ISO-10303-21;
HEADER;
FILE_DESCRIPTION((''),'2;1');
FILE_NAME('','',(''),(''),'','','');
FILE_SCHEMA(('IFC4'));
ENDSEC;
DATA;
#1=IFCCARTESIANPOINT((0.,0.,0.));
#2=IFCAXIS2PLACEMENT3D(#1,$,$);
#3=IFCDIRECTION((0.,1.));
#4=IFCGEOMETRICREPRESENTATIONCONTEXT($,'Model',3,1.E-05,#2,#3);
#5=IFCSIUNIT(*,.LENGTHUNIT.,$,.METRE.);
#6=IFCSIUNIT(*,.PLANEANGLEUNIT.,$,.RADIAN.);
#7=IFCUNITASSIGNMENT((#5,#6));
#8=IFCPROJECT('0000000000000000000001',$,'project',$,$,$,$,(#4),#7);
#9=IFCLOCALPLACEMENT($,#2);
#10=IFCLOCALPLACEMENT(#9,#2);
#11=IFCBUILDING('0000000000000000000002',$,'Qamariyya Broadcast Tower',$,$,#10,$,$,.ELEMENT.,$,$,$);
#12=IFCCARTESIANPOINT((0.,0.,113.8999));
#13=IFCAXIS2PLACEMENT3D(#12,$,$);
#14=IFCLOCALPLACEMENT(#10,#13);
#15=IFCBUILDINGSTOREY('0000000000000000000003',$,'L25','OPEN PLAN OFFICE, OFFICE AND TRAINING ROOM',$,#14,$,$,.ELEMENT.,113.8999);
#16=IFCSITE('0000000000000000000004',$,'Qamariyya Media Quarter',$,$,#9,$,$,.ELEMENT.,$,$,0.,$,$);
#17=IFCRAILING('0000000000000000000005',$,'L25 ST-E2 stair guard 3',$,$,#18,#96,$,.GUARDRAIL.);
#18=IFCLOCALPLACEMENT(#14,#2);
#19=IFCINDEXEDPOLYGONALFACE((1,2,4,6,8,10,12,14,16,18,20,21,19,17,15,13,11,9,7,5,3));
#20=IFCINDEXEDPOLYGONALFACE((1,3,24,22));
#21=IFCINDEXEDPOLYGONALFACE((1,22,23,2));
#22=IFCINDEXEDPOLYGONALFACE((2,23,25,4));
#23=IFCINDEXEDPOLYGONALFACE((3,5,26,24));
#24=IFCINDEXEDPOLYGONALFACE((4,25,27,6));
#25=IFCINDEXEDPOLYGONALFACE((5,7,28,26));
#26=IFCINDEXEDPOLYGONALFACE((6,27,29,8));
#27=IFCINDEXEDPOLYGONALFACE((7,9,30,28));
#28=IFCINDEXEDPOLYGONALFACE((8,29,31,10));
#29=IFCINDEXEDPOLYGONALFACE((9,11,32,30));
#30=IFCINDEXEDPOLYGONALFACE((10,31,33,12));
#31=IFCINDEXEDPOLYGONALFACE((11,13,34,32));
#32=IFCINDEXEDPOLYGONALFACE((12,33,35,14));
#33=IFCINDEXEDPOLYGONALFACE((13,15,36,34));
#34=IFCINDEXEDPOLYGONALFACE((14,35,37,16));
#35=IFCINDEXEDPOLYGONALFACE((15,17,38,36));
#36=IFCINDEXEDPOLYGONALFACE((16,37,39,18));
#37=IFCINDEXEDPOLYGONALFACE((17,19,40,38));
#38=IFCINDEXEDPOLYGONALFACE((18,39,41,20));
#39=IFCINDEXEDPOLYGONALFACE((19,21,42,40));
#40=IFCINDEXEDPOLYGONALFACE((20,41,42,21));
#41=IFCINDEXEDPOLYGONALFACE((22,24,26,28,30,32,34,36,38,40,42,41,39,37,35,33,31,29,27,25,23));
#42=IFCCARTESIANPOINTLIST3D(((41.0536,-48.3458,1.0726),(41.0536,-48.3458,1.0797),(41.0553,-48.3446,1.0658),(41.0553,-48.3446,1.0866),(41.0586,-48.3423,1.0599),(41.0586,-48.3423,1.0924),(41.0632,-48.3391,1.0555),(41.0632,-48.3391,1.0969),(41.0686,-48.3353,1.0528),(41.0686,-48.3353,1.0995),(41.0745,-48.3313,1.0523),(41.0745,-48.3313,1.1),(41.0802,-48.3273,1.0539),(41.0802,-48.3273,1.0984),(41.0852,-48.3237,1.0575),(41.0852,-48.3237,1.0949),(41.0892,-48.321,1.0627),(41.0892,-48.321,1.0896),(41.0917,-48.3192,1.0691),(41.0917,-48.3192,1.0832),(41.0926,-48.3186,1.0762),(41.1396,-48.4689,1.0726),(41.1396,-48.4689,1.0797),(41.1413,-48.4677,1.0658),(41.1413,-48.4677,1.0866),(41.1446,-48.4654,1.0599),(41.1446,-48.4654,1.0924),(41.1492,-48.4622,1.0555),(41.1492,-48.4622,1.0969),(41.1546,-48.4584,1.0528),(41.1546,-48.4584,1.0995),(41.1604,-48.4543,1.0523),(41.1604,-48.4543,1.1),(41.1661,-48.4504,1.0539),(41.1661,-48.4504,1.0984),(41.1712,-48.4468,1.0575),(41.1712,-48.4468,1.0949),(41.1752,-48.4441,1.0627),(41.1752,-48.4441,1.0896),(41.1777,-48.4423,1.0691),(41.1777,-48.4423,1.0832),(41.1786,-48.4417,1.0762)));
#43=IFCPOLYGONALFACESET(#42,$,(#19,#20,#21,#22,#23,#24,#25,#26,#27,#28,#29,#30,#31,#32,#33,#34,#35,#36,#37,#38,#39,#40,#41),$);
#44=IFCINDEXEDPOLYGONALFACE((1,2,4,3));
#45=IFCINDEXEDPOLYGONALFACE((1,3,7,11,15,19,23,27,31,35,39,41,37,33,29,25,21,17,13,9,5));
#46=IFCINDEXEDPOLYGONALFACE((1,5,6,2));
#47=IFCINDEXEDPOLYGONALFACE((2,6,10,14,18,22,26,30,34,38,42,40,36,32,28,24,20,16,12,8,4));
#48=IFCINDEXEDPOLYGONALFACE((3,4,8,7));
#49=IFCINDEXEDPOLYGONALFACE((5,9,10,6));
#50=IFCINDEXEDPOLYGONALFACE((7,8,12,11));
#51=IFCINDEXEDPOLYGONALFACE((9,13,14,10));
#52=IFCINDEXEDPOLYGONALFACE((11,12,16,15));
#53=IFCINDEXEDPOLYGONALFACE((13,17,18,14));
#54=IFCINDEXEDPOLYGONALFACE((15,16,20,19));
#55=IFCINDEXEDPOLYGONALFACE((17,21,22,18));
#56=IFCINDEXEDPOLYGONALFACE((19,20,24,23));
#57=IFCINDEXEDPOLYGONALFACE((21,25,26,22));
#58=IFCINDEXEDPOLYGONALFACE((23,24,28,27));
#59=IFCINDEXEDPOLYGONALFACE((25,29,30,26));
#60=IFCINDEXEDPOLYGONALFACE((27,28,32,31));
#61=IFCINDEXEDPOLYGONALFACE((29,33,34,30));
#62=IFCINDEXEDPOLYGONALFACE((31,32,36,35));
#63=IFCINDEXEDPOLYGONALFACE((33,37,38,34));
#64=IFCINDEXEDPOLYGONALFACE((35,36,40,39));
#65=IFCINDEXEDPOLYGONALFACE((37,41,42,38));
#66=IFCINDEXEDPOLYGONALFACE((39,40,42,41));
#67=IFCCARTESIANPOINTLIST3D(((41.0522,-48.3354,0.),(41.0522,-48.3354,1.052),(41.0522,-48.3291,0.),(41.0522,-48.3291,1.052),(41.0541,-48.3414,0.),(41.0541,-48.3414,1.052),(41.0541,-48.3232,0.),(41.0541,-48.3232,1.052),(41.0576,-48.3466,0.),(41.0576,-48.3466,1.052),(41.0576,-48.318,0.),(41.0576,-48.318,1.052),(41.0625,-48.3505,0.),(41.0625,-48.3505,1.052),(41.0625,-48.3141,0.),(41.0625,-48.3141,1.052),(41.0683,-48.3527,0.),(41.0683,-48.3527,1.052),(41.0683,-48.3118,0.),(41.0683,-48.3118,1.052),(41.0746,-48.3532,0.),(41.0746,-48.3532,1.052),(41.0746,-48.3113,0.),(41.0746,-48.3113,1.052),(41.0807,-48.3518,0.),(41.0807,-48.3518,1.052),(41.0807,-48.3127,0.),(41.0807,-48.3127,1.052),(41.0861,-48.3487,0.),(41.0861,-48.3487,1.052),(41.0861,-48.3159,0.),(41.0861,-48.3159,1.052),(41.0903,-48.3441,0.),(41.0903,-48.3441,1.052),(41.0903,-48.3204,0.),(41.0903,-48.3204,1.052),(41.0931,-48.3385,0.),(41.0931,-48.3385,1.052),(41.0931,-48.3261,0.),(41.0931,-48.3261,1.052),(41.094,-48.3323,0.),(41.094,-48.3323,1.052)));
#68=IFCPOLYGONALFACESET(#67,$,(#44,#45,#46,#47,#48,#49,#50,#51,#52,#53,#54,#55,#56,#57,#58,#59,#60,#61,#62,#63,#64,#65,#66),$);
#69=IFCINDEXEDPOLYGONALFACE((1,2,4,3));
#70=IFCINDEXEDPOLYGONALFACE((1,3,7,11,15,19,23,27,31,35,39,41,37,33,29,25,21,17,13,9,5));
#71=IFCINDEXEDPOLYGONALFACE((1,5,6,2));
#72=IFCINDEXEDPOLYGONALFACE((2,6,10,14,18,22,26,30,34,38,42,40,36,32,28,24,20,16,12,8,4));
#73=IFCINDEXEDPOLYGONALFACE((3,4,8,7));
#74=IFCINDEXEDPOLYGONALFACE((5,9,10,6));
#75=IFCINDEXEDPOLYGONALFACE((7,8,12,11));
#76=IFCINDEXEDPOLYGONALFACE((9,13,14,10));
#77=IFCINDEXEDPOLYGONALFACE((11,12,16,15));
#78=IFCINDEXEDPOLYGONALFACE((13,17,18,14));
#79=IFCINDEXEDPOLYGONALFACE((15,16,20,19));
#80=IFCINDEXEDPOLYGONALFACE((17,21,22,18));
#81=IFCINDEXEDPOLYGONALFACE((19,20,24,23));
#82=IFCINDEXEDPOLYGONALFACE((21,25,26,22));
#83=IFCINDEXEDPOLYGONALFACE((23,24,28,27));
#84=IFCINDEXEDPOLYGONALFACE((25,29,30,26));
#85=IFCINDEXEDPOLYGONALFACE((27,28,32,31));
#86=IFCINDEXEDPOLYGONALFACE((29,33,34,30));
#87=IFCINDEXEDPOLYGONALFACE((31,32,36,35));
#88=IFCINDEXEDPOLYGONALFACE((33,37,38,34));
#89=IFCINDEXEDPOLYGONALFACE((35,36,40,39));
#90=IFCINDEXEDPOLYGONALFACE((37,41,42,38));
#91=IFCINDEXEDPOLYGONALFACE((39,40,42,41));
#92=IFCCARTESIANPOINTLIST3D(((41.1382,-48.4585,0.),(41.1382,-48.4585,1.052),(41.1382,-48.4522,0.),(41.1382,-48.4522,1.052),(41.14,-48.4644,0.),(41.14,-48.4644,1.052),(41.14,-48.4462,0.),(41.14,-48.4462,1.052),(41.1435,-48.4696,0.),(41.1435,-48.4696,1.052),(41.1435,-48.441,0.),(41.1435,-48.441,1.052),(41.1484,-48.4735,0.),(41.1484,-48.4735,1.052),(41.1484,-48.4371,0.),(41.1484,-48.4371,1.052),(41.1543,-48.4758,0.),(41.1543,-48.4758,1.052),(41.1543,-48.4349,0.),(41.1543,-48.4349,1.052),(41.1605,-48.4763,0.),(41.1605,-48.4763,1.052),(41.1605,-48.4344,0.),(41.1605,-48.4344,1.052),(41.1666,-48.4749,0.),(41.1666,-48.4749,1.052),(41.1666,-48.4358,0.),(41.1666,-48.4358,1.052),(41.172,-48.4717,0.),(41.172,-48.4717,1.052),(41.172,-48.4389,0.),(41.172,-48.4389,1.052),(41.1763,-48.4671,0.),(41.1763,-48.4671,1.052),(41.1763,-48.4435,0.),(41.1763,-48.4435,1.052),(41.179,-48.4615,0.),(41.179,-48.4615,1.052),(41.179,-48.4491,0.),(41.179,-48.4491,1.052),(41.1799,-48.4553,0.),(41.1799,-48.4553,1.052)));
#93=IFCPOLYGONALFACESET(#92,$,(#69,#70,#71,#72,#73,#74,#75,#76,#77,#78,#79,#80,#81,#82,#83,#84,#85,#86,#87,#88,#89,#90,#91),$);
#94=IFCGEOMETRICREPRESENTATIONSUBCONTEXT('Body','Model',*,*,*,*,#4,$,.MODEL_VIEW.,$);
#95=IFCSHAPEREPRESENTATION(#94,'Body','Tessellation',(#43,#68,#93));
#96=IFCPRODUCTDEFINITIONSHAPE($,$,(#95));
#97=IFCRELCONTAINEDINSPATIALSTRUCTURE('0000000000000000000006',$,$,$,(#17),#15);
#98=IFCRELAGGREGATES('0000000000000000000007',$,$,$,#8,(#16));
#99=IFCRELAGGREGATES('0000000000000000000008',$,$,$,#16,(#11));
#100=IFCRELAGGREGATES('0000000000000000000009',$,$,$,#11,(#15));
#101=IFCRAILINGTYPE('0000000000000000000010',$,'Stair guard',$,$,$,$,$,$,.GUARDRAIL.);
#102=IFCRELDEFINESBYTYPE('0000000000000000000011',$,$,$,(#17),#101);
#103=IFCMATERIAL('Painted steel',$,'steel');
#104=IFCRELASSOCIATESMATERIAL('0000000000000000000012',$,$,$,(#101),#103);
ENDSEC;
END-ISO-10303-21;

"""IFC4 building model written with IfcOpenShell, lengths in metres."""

from ifc_helpers import new_model, si_unit, direction, frame, origin, origin_2d, place, context, subcontext, project, spatial, circle, extrude, material, type_object, element, save


model = new_model("IFC4")

# Units and contexts
model_context = context("Model", 3, precision=1e-05, world=origin(), true_north=direction((0.0, 1.0)))
body_context = subcontext(model_context, "Body", "Model", "MODEL_VIEW")
ifc_project = project(units=[si_unit("LENGTHUNIT", "METRE"), si_unit("PLANEANGLEUNIT", "RADIAN")], contexts=[model_context])

# Site, building, storey
site_placement = place(None, origin())
site = spatial("IfcSite", under=ifc_project, at=site_placement, Name="Qamariyya Media Quarter", CompositionType="ELEMENT", RefElevation=0.0)
building_placement = place(site_placement, origin())
building = spatial("IfcBuilding", under=site, at=building_placement, Name="Qamariyya Broadcast Tower", CompositionType="ELEMENT")
storey_placement = place(building_placement, frame((0.0, 0.0, 113.8999)))
storey = spatial("IfcBuildingStorey", under=building, at=storey_placement, Name="L25", Description="OPEN PLAN OFFICE, OFFICE AND TRAINING ROOM", CompositionType="ELEMENT", Elevation=113.8999)

# Railing
ifc_material_1 = material(Name="Painted steel", Category="steel")
railing_type_1 = type_object("IfcRailingType", Name="Stair guard", PredefinedType="GUARDRAIL", material=ifc_material_1)
railing_1_placement = place(storey_placement, frame((41.073, -48.3323, 0.0)))
element("IfcRailing", 1, at=railing_1_placement, inside=storey, type_object=railing_type_1, Name="L25 ST-E2 stair guard 3", PredefinedType="GUARDRAIL", context=body_context, shape_type="SweptSolid", body=[
    extrude(circle(Radius=0.0239, at=origin_2d()), frame((0.0, 0.0, 1.0762), z_axis=(0.572589, -0.819843, 0.0), x_axis=(0.819843, 0.572589, 0.0)), (0.0, 0.0, 1.0), 0.1501),
    extrude(circle(Radius=0.021, at=origin_2d()), origin(), (0.0, 0.0, 1.0), 1.052),
    extrude(circle(Radius=0.021, at=origin_2d()), frame((0.0859, -0.123, 0.0)), (0.0, 0.0, 1.0), 1.052),
])

save(model, "model.ifc")
